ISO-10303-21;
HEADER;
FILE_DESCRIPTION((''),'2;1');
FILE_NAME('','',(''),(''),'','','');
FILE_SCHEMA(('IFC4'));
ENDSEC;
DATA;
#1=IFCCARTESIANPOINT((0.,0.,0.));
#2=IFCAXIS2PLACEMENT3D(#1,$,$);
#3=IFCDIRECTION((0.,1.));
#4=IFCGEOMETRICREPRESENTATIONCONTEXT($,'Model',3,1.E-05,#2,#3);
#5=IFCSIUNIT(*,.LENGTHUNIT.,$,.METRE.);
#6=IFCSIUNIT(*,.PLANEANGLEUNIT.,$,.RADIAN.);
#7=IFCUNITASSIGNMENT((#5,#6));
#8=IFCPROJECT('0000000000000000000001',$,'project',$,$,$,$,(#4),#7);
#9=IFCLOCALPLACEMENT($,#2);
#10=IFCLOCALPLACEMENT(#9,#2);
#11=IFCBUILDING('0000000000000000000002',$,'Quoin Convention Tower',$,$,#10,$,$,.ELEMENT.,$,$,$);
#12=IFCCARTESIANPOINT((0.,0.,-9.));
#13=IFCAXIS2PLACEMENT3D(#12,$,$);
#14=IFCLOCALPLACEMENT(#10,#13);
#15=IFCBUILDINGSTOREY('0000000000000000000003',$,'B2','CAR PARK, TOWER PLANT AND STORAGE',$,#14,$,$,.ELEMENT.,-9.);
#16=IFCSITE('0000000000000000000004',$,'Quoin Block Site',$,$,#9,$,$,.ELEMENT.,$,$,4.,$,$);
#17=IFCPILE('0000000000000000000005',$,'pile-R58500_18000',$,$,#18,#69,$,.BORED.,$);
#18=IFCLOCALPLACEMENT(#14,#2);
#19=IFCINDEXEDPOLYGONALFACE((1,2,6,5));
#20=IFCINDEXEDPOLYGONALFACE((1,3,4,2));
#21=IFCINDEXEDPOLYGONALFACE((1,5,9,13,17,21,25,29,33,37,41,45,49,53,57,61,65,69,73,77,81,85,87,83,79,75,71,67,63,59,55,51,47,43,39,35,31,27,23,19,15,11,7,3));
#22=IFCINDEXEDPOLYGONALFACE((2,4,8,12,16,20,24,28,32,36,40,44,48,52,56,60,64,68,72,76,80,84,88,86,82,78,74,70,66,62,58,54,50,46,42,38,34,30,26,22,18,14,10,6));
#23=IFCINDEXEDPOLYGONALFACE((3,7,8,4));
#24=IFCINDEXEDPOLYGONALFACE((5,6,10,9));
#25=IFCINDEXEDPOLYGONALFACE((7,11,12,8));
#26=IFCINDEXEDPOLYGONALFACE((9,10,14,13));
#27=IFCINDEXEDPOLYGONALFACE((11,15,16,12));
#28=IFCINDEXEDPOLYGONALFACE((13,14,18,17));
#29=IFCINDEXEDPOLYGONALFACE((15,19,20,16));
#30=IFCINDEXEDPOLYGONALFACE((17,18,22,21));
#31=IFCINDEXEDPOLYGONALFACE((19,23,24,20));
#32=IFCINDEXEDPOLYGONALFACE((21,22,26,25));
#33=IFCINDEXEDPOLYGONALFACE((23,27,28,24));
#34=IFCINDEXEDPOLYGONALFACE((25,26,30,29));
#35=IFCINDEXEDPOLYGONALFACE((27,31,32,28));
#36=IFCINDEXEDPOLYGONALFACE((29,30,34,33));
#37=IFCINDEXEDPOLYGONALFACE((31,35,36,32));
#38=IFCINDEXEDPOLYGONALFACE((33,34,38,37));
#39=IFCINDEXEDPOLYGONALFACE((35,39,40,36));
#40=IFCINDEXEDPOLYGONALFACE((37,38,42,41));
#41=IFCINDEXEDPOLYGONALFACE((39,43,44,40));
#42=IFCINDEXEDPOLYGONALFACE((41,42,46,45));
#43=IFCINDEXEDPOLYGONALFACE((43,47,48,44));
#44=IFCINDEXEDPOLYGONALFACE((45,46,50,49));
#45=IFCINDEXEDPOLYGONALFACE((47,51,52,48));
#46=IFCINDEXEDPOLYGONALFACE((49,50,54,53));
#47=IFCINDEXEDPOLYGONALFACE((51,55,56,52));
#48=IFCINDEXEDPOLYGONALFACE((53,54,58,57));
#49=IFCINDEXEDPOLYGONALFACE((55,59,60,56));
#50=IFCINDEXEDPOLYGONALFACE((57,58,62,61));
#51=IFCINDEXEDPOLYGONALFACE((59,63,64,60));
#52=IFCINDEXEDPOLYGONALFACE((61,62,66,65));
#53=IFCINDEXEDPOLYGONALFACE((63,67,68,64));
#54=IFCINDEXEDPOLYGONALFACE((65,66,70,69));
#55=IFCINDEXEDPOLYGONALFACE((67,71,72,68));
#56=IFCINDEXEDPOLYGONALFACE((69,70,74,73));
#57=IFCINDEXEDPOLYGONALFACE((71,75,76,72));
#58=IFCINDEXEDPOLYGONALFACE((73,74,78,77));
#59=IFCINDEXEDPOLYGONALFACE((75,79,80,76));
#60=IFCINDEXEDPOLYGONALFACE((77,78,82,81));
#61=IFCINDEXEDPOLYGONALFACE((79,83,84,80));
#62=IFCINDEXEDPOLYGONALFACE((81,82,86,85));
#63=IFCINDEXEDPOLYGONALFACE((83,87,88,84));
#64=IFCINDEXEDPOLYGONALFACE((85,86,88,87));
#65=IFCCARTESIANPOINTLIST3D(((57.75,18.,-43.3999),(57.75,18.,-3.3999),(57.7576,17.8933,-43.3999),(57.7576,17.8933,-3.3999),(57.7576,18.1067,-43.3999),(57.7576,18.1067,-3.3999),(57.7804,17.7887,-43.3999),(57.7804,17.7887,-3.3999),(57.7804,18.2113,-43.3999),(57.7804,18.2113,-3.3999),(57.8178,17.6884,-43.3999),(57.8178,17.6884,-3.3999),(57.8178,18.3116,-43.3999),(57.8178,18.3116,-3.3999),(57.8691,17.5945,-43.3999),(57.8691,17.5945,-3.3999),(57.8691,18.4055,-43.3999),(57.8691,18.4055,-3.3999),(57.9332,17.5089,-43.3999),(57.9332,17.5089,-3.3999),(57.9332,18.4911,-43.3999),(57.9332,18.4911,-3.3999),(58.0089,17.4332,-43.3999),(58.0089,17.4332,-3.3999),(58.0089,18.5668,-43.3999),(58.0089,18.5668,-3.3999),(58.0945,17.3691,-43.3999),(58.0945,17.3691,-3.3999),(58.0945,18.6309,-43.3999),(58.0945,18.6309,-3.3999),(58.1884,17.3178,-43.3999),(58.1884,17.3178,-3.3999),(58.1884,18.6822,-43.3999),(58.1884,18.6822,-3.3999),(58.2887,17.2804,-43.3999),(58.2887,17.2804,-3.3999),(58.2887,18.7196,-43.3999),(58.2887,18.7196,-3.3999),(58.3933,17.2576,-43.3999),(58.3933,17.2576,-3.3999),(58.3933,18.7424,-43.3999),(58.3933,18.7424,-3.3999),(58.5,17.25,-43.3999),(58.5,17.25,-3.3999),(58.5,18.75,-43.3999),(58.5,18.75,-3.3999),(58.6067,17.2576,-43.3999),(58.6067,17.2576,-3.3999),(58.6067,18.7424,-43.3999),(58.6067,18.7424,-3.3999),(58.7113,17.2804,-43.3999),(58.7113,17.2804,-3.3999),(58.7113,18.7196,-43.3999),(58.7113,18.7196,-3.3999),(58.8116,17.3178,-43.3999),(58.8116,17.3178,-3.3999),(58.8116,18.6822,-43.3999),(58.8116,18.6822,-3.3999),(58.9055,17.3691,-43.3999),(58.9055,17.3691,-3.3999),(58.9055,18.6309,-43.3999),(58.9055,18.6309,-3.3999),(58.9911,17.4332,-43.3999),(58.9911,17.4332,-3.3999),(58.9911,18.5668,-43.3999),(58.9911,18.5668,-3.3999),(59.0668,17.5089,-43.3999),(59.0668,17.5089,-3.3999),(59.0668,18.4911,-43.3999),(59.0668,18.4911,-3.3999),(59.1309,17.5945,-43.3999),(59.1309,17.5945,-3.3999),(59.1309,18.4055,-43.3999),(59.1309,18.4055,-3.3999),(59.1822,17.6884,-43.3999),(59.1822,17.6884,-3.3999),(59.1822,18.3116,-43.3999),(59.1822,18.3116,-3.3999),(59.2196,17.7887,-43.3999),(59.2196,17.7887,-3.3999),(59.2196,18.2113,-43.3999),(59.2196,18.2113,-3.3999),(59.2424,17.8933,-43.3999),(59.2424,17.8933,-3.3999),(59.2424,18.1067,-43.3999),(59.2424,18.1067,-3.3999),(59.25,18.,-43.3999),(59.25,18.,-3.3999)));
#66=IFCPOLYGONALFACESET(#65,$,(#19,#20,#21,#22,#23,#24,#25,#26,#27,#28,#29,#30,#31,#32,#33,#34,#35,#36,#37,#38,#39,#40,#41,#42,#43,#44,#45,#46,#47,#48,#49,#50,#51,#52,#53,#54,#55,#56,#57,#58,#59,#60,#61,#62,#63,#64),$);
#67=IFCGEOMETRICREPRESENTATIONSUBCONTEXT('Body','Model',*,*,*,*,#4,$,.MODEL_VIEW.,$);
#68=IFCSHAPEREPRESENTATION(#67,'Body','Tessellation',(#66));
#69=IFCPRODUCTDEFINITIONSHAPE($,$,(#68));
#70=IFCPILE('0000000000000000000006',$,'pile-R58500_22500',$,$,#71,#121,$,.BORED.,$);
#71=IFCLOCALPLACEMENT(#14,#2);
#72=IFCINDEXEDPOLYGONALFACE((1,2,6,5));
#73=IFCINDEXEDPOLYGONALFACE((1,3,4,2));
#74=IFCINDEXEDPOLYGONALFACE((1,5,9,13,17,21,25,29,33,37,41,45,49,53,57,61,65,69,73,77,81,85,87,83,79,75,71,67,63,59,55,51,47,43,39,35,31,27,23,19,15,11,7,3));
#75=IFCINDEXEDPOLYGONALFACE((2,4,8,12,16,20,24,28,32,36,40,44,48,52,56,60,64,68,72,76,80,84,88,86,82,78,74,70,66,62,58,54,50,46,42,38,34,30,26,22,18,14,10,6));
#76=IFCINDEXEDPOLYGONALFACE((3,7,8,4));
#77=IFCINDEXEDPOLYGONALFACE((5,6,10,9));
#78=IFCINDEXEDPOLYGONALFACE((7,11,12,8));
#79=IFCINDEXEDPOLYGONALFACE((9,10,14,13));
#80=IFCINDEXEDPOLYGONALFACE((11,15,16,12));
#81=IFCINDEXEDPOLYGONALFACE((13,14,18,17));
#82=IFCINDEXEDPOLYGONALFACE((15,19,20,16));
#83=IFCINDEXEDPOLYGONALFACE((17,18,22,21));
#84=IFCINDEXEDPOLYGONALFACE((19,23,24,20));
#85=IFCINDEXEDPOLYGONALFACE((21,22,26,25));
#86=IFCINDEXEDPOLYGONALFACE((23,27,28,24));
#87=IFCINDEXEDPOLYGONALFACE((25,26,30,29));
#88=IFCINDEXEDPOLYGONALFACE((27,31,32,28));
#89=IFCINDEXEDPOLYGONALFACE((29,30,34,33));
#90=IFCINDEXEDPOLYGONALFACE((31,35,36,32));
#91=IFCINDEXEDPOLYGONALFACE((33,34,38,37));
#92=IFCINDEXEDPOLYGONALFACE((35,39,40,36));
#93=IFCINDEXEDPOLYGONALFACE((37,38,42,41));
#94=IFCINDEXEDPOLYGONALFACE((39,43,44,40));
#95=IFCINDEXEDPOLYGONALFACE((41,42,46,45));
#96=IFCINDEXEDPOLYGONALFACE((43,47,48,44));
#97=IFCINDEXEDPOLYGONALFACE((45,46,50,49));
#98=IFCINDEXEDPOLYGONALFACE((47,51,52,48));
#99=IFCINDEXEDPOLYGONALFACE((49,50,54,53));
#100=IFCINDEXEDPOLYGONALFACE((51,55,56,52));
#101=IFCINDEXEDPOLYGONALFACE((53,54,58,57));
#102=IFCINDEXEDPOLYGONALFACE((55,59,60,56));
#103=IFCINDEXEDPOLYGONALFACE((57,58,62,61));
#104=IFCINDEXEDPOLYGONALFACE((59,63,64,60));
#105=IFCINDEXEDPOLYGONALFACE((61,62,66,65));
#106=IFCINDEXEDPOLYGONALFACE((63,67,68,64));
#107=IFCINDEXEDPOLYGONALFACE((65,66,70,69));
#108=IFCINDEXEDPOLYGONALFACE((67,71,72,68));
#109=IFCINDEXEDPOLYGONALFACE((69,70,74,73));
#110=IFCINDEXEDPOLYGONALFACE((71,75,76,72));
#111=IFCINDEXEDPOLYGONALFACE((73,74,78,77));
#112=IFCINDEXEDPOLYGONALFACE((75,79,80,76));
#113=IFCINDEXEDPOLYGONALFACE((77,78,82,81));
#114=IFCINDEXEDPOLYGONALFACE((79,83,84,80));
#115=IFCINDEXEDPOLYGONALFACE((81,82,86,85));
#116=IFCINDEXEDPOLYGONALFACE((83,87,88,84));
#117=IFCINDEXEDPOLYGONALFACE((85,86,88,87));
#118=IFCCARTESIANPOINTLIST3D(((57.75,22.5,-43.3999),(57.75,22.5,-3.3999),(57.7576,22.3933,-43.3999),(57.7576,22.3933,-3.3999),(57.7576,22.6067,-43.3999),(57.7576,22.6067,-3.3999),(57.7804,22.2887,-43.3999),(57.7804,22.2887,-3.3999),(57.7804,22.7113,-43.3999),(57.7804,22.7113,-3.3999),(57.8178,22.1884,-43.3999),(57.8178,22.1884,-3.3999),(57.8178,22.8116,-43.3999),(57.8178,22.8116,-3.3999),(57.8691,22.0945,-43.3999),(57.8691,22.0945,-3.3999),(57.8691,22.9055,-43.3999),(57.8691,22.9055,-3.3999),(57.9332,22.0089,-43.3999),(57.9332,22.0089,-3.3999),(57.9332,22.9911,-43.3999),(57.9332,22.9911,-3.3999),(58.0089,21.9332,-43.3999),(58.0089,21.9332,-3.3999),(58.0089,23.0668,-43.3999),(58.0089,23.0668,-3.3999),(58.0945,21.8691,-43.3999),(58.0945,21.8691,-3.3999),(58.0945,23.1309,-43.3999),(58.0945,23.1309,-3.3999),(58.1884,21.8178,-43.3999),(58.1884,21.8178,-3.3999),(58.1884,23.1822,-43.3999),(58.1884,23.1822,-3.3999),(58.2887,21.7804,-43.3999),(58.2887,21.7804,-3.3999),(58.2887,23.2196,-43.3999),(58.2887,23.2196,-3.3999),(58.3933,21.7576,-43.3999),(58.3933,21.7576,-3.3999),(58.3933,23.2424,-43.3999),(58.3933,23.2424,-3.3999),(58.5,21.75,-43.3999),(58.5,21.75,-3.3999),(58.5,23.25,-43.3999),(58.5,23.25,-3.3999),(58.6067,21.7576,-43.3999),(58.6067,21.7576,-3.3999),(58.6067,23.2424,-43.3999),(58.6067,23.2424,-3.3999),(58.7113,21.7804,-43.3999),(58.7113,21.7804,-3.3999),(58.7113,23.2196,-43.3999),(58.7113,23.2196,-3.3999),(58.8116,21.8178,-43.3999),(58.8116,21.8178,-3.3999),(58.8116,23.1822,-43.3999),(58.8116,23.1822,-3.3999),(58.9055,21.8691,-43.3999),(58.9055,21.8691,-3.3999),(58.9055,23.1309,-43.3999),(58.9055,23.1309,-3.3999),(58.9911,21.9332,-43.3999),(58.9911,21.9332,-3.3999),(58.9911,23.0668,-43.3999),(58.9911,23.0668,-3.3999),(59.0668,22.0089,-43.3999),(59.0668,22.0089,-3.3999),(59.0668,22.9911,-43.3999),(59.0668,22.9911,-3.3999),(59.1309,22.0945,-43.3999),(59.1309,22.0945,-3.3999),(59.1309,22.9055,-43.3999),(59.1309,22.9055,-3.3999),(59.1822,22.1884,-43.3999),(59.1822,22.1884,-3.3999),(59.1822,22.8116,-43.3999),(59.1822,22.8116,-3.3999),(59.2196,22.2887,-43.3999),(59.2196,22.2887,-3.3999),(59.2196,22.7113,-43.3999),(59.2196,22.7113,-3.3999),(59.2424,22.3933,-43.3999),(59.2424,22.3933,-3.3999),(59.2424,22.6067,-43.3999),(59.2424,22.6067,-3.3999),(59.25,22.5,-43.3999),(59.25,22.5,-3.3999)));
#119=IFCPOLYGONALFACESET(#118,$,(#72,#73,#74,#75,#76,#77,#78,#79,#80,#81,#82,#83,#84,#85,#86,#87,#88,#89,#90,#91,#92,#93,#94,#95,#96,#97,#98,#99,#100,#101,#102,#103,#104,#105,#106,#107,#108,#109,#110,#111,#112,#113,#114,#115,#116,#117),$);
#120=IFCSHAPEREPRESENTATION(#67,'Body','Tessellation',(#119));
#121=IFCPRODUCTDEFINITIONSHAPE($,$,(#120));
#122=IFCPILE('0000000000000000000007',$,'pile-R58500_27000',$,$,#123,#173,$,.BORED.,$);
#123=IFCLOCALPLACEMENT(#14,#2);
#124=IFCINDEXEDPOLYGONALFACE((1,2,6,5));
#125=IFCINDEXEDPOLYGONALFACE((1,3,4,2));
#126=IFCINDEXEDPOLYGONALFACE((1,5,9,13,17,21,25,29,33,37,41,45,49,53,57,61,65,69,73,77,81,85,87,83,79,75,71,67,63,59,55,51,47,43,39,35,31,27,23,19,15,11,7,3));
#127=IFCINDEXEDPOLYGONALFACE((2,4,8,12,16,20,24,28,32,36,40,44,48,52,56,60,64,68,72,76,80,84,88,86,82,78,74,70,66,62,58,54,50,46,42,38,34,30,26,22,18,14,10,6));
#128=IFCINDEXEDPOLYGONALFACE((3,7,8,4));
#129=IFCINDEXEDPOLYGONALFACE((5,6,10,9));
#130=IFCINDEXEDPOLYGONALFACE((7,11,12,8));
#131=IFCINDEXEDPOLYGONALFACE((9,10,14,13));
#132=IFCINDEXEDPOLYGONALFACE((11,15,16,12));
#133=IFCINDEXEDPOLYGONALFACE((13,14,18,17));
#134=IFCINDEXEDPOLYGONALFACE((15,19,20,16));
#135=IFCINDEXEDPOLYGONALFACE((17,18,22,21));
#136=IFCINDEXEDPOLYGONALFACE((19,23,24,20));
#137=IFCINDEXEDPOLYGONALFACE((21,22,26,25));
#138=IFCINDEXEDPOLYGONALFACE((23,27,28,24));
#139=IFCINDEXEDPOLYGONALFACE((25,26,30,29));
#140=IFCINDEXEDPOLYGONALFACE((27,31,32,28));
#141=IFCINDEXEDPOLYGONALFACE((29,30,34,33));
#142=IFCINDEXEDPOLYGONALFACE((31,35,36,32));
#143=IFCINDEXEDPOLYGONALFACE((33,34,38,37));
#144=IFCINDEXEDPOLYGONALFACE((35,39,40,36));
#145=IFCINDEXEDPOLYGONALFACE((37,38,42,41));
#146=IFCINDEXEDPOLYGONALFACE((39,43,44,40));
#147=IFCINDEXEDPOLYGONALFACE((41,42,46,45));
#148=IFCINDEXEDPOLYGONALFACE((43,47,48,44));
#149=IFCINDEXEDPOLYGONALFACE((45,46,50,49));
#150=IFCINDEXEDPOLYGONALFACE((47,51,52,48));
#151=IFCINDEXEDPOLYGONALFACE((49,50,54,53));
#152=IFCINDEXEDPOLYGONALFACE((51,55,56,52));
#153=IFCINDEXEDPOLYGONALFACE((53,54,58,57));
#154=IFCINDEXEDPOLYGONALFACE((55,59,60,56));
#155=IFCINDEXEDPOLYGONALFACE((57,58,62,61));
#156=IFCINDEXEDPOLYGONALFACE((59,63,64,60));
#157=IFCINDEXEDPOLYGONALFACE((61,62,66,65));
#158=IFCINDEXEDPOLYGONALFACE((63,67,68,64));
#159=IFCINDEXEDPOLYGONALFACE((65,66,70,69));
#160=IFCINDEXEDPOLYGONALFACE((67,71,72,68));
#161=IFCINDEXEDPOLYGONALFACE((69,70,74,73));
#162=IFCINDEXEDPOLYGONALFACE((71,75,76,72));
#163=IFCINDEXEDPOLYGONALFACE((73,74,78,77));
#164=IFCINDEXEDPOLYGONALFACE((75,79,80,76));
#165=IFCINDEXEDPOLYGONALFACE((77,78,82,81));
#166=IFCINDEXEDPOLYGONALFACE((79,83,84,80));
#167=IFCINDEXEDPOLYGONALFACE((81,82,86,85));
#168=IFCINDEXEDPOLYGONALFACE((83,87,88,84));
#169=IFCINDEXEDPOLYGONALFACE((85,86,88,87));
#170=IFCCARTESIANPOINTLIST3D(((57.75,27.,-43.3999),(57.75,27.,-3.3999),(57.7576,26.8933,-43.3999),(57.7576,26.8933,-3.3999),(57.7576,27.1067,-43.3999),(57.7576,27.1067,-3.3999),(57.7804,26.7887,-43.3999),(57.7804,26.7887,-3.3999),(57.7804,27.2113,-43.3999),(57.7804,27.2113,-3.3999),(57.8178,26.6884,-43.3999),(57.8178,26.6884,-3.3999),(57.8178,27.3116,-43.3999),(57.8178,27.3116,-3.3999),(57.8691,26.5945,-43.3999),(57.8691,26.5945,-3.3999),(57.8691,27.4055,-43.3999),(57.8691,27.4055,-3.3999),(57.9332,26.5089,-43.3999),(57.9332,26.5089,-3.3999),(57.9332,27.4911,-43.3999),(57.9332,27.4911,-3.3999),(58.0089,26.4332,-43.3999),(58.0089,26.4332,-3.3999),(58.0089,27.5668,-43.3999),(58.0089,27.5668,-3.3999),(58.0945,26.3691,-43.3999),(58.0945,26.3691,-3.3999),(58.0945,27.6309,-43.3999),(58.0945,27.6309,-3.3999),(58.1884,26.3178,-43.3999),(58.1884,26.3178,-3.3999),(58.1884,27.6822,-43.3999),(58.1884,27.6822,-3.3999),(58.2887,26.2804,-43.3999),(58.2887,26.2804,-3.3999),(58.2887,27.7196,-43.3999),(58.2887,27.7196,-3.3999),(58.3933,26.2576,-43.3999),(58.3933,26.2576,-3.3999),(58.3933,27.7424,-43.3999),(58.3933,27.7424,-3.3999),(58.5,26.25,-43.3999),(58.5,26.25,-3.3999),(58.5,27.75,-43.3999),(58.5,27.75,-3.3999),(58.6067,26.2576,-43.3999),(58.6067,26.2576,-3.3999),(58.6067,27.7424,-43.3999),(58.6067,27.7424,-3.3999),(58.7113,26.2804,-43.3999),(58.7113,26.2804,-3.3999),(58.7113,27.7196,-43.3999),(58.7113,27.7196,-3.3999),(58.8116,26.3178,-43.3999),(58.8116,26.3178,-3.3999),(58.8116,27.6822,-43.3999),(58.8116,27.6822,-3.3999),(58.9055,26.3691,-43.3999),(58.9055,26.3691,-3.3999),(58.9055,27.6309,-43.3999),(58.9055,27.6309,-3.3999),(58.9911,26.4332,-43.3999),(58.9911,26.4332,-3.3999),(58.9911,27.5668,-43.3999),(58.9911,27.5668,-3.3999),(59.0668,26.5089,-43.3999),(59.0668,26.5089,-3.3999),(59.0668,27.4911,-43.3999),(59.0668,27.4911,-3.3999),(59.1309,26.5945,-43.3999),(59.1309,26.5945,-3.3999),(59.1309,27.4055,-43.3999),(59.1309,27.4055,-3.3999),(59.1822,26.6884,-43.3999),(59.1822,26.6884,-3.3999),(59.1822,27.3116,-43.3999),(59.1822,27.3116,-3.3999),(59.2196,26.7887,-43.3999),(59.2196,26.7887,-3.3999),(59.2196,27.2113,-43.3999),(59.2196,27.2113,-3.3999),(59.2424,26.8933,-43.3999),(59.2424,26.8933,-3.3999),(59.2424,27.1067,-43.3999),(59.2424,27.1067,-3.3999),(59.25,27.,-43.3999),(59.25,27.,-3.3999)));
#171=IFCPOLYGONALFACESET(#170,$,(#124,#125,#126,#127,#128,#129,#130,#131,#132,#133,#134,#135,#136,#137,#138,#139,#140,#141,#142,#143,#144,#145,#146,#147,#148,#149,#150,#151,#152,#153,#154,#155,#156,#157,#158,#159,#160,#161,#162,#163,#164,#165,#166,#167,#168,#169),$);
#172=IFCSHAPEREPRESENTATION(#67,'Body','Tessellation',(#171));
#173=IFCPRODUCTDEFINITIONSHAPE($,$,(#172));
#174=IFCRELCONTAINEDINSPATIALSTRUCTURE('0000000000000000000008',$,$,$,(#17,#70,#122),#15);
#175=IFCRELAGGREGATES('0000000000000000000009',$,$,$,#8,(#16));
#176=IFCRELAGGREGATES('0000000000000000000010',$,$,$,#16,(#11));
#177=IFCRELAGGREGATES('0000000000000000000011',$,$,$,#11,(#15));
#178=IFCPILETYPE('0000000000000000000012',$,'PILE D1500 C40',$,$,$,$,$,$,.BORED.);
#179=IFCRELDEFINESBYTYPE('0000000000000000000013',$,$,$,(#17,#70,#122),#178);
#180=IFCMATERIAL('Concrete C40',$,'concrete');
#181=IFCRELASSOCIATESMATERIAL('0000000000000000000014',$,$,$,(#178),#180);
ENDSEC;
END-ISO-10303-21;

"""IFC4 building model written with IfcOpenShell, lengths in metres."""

from ifc_helpers import new_model, si_unit, direction, frame, origin, origin_2d, place, context, subcontext, project, spatial, circle, extrude, material, material_profile, profile_set, type_object, element, save


model = new_model("IFC4")

# Units and contexts
model_context = context("Model", 3, precision=1e-05, world=origin(), true_north=direction((0.0, 1.0)))
body_context = subcontext(model_context, "Body", "Model", "MODEL_VIEW")
ifc_project = project(units=[si_unit("LENGTHUNIT", "METRE"), si_unit("PLANEANGLEUNIT", "RADIAN")], contexts=[model_context])

# Site, building, storey
site_placement = place(None, origin())
site = spatial("IfcSite", under=ifc_project, at=site_placement, Name="Quoin Block Site", CompositionType="ELEMENT", RefElevation=4.0)
building_placement = place(site_placement, origin())
building = spatial("IfcBuilding", under=site, at=building_placement, Name="Quoin Convention Tower", CompositionType="ELEMENT")
storey_placement = place(building_placement, frame((0.0, 0.0, -9.0)))
storey = spatial("IfcBuildingStorey", under=building, at=storey_placement, Name="B2", Description="CAR PARK, TOWER PLANT AND STORAGE", CompositionType="ELEMENT", Elevation=-9.0)

# Piles
ifc_material_1 = material(Name="Concrete C40", Category="concrete")
ifc_material_profile_1 = material_profile(ifc_material_1, circle(Radius=0.75, at=origin_2d()), Name="D1500")
ifc_profile_set_1 = profile_set([ifc_material_profile_1], Name="Concrete C40")
pile_type = type_object("IfcPileType", Name="PILE D1500 C40", PredefinedType="BORED", material=ifc_profile_set_1)
for number, where, z_axis, x_axis, name in (
    (1, (58.5, 18.0, -3.3999), (0.0, 0.0, -1.0), (1.0, 0.0, 0.0), "pile-R58500_18000"),
    (2, (58.5, 22.5, -3.3999), (0.0, 0.0, -1.0), (1.0, 0.0, 0.0), "pile-R58500_22500"),
    (3, (58.5, 27.0, -3.3999), (0.0, 0.0, -1.0), (1.0, 0.0, 0.0), "pile-R58500_27000"),
):
    element("IfcPile", number, at=place(storey_placement, frame(where, z_axis=z_axis, x_axis=x_axis)), inside=storey, type_object=pile_type, Name=name, PredefinedType="BORED", context=body_context, shape_type="SweptSolid", body=[
        extrude(circle(Radius=0.75, at=origin_2d()), origin(), (0.0, 0.0, 1.0), 40.0),
    ])

save(model, "model.ifc")
